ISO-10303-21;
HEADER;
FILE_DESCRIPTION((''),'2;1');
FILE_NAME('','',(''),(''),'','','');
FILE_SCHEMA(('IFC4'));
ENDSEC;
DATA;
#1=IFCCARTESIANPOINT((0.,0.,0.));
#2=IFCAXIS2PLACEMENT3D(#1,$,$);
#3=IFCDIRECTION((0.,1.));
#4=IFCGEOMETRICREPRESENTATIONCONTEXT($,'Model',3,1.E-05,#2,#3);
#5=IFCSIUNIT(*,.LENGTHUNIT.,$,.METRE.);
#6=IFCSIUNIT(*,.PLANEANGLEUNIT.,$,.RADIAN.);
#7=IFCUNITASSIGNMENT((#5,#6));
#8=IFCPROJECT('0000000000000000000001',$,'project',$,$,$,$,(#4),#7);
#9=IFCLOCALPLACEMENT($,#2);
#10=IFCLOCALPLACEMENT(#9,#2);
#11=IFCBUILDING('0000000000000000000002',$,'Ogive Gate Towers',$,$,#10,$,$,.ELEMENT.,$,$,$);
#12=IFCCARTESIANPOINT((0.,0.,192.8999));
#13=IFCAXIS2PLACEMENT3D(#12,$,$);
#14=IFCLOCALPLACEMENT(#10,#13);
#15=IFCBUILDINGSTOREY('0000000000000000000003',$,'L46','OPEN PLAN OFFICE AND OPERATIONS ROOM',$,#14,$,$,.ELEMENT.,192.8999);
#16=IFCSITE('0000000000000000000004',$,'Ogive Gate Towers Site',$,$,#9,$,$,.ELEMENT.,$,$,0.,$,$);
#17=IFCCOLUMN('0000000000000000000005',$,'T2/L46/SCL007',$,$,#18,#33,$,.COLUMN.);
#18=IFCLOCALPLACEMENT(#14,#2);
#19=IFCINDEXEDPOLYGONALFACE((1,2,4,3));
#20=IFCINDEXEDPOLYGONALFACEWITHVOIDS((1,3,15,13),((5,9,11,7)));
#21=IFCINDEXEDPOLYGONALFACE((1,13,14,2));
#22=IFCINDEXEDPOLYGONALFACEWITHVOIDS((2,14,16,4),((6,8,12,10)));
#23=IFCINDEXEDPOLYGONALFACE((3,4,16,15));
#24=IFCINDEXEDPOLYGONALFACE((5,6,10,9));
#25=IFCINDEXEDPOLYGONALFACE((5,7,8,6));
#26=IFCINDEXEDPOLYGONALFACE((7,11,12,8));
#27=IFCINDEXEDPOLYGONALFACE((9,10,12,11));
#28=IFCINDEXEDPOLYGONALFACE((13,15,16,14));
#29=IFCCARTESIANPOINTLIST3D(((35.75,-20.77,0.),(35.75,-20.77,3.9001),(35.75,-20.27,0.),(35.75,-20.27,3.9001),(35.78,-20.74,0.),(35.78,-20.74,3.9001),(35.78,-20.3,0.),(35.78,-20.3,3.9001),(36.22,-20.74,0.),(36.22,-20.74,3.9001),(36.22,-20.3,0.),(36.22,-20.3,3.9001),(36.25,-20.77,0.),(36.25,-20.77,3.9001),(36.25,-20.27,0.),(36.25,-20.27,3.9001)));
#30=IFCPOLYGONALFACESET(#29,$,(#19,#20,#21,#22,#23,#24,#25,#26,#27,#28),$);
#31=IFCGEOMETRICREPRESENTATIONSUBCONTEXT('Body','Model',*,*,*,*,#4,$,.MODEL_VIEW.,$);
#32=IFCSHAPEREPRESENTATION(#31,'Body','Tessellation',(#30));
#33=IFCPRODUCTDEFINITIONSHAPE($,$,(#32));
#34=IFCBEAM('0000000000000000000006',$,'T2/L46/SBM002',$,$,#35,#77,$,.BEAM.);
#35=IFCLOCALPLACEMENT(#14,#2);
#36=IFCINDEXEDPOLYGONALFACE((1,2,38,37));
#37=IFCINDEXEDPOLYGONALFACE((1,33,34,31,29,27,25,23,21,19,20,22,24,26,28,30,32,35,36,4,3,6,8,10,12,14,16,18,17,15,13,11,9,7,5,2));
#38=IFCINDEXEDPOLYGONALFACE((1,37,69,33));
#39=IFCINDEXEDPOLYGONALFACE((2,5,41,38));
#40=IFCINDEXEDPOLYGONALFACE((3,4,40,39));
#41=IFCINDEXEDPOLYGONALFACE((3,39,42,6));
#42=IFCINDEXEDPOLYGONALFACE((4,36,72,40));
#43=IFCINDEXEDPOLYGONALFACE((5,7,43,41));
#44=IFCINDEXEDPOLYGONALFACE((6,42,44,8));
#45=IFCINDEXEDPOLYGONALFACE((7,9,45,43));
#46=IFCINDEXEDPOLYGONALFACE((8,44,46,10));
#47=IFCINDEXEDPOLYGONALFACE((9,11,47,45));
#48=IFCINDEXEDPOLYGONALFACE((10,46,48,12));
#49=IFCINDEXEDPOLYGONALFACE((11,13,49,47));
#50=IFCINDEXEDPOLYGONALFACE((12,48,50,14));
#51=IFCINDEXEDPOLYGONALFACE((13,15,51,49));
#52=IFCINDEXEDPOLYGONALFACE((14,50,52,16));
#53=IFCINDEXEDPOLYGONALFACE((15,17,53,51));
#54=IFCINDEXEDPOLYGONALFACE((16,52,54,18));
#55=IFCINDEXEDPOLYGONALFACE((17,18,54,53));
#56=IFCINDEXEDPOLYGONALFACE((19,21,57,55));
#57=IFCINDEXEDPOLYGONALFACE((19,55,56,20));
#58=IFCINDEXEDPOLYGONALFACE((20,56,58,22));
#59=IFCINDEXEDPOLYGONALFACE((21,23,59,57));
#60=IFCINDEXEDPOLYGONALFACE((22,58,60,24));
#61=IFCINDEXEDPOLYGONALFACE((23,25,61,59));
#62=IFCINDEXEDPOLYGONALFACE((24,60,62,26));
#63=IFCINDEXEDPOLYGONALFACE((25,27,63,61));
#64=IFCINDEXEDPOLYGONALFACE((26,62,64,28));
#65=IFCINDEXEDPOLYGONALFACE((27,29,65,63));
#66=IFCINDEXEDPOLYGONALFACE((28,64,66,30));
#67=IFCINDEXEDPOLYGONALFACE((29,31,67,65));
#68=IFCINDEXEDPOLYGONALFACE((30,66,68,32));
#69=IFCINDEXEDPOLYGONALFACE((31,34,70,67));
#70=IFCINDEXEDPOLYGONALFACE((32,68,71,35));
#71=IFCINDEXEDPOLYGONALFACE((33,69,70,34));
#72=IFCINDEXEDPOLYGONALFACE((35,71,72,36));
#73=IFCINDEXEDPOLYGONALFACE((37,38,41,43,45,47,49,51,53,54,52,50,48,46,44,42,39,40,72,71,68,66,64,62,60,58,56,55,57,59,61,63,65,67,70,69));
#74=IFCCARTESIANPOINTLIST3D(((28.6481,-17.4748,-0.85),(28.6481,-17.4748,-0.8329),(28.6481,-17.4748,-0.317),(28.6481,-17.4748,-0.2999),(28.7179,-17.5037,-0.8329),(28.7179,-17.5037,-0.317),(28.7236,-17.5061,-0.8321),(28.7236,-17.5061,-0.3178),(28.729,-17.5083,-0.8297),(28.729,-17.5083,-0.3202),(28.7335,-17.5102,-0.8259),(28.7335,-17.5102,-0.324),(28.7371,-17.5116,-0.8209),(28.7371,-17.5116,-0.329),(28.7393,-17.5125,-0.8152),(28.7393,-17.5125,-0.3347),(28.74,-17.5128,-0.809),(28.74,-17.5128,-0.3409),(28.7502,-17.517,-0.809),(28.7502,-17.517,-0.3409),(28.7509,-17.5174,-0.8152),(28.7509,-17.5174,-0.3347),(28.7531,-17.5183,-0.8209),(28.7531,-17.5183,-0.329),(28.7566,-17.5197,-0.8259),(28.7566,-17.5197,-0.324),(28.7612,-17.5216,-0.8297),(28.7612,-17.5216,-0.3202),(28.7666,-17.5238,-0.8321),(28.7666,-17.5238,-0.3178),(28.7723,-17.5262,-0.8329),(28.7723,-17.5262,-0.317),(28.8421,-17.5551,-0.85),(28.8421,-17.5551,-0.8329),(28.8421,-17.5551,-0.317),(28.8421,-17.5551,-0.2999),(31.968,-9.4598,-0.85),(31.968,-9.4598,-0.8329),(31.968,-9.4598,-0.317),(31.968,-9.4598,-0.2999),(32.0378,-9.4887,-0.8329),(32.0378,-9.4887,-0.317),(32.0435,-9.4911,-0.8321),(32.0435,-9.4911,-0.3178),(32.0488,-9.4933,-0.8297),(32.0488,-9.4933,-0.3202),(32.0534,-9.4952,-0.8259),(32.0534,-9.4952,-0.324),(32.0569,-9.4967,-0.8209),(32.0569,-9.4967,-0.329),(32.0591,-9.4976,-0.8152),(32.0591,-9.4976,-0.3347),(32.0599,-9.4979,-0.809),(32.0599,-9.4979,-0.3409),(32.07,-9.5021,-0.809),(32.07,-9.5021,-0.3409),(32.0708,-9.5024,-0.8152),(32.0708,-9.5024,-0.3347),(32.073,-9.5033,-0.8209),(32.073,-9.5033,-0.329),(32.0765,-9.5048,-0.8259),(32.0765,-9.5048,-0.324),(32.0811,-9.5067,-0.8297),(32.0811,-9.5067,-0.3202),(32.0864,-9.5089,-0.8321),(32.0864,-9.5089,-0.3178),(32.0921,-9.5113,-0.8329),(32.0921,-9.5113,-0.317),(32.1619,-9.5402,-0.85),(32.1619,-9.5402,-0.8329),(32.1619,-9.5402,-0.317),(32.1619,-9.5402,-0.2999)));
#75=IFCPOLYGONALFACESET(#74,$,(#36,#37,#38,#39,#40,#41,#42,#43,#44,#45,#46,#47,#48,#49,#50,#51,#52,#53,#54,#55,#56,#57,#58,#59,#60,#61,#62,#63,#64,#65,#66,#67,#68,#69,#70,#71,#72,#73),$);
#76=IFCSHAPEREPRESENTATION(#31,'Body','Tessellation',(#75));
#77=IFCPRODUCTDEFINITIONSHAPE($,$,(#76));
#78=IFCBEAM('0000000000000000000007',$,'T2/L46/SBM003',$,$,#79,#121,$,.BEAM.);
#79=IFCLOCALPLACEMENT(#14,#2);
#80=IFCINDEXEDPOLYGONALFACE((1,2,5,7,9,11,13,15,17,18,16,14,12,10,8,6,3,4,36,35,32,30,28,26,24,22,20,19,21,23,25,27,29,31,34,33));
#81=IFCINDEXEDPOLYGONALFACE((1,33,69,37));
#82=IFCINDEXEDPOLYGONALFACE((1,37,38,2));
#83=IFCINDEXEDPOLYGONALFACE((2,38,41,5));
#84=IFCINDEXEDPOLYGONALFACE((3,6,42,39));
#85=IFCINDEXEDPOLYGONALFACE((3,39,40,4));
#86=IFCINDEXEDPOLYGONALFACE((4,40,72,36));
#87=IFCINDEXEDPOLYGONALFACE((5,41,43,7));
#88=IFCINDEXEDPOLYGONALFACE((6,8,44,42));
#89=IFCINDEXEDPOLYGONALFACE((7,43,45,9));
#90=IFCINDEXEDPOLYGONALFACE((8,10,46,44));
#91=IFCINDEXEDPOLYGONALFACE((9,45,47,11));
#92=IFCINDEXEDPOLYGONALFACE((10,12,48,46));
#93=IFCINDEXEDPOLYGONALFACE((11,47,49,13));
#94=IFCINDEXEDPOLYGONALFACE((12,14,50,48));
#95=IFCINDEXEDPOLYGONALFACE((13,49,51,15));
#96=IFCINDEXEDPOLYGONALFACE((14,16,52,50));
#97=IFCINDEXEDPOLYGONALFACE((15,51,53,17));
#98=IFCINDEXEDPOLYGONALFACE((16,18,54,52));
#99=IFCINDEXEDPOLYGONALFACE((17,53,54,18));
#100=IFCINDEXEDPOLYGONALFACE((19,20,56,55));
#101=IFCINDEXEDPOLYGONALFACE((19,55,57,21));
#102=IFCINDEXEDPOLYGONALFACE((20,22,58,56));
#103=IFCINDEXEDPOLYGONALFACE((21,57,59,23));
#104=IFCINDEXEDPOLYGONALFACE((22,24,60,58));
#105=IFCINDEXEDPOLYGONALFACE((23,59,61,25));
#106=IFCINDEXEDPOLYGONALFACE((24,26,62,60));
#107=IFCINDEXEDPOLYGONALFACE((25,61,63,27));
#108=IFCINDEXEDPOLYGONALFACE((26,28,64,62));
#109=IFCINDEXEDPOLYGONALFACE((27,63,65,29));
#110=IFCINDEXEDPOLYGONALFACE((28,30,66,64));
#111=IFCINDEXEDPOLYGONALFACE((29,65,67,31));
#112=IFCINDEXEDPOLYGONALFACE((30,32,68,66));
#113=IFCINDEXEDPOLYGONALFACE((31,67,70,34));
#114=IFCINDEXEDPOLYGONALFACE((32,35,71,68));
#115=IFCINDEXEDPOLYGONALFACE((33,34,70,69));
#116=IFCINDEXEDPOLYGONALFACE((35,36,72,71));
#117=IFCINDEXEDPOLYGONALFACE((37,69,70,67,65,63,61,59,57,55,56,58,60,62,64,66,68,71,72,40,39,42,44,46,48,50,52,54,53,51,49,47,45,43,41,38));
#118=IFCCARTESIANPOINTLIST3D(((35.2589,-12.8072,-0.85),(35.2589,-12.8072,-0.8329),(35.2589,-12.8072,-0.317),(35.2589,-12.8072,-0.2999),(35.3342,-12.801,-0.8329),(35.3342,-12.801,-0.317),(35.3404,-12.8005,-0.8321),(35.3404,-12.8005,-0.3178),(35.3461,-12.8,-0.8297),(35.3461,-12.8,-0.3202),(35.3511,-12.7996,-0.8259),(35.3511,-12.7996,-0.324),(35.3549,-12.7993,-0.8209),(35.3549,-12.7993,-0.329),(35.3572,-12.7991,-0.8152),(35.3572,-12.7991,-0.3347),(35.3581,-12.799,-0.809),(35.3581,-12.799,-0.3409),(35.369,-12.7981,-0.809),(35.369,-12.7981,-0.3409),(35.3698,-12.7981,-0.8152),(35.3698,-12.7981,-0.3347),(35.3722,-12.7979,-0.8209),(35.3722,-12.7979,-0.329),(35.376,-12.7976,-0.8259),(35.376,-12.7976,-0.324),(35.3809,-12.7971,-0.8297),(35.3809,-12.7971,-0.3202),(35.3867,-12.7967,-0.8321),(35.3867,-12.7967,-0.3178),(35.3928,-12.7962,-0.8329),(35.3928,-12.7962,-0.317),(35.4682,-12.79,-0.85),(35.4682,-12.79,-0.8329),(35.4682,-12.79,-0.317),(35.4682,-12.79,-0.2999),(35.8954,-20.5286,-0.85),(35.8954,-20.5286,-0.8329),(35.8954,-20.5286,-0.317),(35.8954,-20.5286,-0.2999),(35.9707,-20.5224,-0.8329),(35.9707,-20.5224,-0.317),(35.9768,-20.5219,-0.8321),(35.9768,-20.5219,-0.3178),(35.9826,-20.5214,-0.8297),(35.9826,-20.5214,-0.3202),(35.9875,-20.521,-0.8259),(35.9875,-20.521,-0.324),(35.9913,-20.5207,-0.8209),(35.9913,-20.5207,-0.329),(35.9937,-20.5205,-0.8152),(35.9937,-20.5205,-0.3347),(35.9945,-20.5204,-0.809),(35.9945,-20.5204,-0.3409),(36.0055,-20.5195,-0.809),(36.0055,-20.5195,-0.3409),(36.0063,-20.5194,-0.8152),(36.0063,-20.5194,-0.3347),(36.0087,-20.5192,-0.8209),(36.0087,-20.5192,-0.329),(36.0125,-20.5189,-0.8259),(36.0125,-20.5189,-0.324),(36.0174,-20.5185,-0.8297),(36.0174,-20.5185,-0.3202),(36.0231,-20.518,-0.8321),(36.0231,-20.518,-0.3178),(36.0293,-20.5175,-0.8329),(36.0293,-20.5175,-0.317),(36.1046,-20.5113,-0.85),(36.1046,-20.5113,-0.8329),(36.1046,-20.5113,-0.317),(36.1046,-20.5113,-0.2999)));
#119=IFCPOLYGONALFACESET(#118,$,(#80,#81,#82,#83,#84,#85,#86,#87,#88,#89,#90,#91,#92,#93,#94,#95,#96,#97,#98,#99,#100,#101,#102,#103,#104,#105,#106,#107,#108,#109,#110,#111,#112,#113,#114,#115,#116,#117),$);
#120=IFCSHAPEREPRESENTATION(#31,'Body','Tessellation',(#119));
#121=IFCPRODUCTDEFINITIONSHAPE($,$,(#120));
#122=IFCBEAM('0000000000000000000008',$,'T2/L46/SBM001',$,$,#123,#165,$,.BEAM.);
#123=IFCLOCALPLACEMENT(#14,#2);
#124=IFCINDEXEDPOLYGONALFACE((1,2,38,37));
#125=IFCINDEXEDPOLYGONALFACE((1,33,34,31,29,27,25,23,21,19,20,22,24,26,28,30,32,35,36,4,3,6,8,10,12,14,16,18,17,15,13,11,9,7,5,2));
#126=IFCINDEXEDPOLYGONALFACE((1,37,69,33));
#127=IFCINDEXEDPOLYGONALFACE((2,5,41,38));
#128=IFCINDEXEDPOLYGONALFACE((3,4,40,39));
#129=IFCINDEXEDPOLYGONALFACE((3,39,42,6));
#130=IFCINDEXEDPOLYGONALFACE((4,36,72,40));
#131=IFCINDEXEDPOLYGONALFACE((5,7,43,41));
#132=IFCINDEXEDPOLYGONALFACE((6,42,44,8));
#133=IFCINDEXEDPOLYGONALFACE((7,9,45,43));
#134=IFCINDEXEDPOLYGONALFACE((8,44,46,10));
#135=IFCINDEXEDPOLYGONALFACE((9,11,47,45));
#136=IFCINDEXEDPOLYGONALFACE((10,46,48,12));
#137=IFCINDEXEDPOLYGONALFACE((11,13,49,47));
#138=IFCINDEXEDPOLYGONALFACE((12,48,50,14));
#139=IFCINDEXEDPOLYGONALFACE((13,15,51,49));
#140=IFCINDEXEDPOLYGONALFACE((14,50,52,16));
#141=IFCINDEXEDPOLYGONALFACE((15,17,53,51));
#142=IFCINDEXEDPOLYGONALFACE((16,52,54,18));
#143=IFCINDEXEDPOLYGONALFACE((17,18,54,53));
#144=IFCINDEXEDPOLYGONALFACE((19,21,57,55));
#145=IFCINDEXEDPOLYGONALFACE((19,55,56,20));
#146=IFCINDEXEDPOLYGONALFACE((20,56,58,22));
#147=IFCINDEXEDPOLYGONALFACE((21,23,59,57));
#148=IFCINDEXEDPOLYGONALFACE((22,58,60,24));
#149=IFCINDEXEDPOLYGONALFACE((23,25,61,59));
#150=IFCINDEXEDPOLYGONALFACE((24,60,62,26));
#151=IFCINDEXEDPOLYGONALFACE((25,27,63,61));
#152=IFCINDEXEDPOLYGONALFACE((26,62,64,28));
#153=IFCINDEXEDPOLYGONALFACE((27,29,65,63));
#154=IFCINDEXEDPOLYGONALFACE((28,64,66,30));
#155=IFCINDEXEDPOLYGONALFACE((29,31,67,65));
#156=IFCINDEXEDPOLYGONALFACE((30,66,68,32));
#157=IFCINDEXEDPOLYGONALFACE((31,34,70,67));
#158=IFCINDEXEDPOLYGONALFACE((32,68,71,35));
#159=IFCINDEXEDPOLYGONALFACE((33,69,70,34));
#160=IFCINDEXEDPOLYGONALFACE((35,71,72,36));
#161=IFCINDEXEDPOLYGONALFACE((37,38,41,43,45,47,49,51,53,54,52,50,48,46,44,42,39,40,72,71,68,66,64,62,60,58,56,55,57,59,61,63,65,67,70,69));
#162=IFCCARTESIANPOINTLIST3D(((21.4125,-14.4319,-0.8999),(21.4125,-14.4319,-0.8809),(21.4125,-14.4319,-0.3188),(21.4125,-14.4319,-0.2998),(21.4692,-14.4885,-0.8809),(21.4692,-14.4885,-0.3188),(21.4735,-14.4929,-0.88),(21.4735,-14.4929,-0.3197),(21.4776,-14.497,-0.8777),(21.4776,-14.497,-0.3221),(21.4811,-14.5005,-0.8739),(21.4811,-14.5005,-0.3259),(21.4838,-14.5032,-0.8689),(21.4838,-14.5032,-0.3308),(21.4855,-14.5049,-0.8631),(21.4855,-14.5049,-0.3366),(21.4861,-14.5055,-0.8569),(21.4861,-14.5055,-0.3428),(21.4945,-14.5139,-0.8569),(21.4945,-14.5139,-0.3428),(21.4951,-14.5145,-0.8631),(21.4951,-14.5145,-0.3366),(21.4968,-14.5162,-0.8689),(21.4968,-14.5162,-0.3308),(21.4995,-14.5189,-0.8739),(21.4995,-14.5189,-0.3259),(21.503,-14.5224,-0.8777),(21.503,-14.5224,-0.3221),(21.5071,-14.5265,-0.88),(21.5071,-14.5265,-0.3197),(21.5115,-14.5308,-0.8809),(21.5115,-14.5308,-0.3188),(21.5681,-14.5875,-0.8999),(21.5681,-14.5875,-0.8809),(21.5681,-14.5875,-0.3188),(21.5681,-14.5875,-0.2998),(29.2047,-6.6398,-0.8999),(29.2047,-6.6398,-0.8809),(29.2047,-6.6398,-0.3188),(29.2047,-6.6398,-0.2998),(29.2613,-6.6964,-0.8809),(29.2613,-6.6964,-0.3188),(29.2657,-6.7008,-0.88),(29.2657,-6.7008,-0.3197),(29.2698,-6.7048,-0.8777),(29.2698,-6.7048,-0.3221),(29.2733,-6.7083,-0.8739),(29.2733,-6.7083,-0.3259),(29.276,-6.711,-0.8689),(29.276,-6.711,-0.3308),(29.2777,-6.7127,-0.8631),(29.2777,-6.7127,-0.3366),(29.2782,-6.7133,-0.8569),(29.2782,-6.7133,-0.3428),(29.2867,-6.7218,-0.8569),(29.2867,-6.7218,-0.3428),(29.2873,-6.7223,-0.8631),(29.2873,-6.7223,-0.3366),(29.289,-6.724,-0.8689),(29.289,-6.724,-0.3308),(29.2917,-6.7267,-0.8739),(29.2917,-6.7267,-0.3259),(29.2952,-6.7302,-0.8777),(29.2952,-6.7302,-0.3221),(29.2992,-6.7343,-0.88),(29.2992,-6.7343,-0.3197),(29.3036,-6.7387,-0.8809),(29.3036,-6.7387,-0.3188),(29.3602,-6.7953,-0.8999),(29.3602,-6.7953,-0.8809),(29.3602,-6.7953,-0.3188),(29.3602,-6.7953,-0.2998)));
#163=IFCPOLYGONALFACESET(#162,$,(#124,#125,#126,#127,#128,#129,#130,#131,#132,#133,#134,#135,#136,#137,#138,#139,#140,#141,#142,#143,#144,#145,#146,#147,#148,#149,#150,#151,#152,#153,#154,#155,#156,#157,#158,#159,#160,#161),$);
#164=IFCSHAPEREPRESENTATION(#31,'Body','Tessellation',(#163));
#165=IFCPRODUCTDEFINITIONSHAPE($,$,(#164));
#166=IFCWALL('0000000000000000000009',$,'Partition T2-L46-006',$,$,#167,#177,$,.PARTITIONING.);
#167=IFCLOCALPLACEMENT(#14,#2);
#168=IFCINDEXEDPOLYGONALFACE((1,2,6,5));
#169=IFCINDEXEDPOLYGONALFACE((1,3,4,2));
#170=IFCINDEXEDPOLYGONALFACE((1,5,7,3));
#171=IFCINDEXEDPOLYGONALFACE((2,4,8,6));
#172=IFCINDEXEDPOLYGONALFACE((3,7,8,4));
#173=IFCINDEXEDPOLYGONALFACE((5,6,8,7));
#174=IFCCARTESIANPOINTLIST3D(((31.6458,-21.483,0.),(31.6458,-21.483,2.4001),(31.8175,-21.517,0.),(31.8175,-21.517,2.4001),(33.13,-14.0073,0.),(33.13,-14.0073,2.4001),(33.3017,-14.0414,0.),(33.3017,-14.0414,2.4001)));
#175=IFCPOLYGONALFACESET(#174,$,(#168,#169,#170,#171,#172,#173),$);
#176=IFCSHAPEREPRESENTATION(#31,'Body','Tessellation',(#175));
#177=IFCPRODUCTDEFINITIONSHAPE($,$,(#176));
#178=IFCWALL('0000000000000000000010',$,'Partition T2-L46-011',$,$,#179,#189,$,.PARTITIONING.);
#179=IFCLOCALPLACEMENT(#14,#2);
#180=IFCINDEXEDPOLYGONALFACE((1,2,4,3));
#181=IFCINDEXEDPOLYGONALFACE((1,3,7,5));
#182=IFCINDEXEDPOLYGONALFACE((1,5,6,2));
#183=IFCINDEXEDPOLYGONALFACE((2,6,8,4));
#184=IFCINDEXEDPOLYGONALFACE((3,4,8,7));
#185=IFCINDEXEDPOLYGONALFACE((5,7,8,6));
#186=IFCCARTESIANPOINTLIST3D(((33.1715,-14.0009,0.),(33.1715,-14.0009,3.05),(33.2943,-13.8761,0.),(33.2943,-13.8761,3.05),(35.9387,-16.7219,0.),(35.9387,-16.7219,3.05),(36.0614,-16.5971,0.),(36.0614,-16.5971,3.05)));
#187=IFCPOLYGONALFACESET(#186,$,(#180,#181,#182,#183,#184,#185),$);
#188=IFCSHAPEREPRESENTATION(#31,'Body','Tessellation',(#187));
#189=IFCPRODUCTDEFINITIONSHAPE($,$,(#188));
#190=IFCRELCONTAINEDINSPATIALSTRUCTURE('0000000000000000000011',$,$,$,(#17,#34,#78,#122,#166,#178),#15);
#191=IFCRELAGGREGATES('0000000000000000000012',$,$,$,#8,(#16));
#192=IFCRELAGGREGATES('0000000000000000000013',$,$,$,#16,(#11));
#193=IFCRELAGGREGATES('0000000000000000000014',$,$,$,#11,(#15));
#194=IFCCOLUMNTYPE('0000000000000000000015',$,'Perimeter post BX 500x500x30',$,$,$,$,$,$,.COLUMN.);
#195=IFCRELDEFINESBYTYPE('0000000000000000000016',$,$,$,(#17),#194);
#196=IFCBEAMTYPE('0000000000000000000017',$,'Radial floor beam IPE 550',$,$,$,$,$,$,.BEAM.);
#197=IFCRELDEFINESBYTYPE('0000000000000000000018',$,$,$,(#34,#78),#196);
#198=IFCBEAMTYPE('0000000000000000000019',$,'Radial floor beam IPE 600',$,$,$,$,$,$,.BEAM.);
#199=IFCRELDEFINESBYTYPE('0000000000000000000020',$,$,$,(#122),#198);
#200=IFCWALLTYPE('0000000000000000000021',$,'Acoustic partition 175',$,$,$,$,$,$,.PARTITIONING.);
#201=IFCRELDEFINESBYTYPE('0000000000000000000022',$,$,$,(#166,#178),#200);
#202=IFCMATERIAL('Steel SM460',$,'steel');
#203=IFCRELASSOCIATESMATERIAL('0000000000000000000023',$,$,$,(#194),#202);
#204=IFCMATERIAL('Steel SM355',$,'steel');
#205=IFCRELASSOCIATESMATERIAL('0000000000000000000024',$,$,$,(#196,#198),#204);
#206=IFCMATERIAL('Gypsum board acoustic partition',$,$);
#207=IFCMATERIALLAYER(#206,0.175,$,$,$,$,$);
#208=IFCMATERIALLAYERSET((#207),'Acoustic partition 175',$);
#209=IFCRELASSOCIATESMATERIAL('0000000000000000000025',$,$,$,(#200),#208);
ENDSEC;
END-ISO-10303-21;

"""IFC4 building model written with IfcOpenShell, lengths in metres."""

from ifc_helpers import new_model, si_unit, direction, frame, frame_2d, origin, origin_2d, place, context, subcontext, project, spatial, rectangle, hollow_rectangle, i_section, extrude, material, layer, layer_set, material_profile, profile_set, type_object, element, save


model = new_model("IFC4")

# Units and contexts
model_context = context("Model", 3, precision=1e-05, world=origin(), true_north=direction((0.0, 1.0)))
body_context = subcontext(model_context, "Body", "Model", "MODEL_VIEW")
ifc_project = project(units=[si_unit("LENGTHUNIT", "METRE"), si_unit("PLANEANGLEUNIT", "RADIAN")], contexts=[model_context])

# Site, building, storey
site_placement = place(None, origin())
site = spatial("IfcSite", under=ifc_project, at=site_placement, Name="Ogive Gate Towers Site", CompositionType="ELEMENT", RefElevation=0.0)
building_placement = place(site_placement, origin())
building = spatial("IfcBuilding", under=site, at=building_placement, Name="Ogive Gate Towers", CompositionType="ELEMENT")
storey_placement = place(building_placement, frame((0.0, 0.0, 192.8999)))
storey = spatial("IfcBuildingStorey", under=building, at=storey_placement, Name="L46", Description="OPEN PLAN OFFICE AND OPERATIONS ROOM", CompositionType="ELEMENT", Elevation=192.8999)

# Column
ifc_material_1 = material(Name="Steel SM460", Category="steel")
ifc_material_profile_1 = material_profile(ifc_material_1, hollow_rectangle(XDim=0.5, YDim=0.5, WallThickness=0.03, at=origin_2d()), Name="BX 500x500x30")
ifc_profile_set_1 = profile_set([ifc_material_profile_1], Name="Steel SM460")
column_type = type_object("IfcColumnType", Name="Perimeter post BX 500x500x30", PredefinedType="COLUMN", material=ifc_profile_set_1)
column_placement = place(storey_placement, frame((36.0, -20.52, 0.0), z_axis=(0.0, 0.0, 1.0), x_axis=(1.0, 0.0, 0.0)))
element("IfcColumn", 1, at=column_placement, inside=storey, type_object=column_type, Name="T2/L46/SCL007", PredefinedType="COLUMN", context=body_context, shape_type="SweptSolid", body=[
    extrude(hollow_rectangle(XDim=0.5, YDim=0.5, WallThickness=0.03, at=origin_2d()), origin(), (0.0, 0.0, 1.0), 3.9001),
])

# Beams
ifc_material_2 = material(Name="Steel SM355", Category="steel")
ifc_material_profile_2 = material_profile(ifc_material_2, i_section(OverallWidth=0.21, OverallDepth=0.55, WebThickness=0.011, FlangeThickness=0.0171, FilletRadius=0.0239, at=origin_2d()), Name="IPE 550")
ifc_profile_set_2 = profile_set([ifc_material_profile_2], Name="Steel SM355")
beam_type_1 = type_object("IfcBeamType", Name="Radial floor beam IPE 550", PredefinedType="BEAM", material=ifc_profile_set_2)
beam_1_placement = place(storey_placement, frame((32.0649, -9.5, -0.575), z_axis=(-0.382678, -0.923882, 0.0), x_axis=(0.923882, -0.382678, 0.0)))
element("IfcBeam", 2, at=beam_1_placement, inside=storey, type_object=beam_type_1, Name="T2/L46/SBM002", PredefinedType="BEAM", context=body_context, shape_type="SweptSolid", body=[
    extrude(i_section(OverallWidth=0.21, OverallDepth=0.55, WebThickness=0.011, FlangeThickness=0.0171, FilletRadius=0.0239, at=origin_2d()), origin(), (0.0, 0.0, 1.0), 8.6753),
])
beam_2_placement = place(storey_placement, frame((35.3635, -12.7986, -0.575), z_axis=(0.082151, -0.99662, 0.0), x_axis=(0.99662, 0.082151, 0.0)))
element("IfcBeam", 3, at=beam_2_placement, inside=storey, type_object=beam_type_1, Name="T2/L46/SBM003", PredefinedType="BEAM", context=body_context, shape_type="SweptSolid", body=[
    extrude(i_section(OverallWidth=0.21, OverallDepth=0.55, WebThickness=0.011, FlangeThickness=0.0171, FilletRadius=0.0239, at=origin_2d()), origin(), (0.0, 0.0, 1.0), 7.7476),
])
ifc_material_profile_3 = material_profile(ifc_material_2, i_section(OverallWidth=0.22, OverallDepth=0.6001, WebThickness=0.012, FlangeThickness=0.019, FilletRadius=0.0239, at=origin_2d()), Name="IPE 600")
ifc_profile_set_3 = profile_set([ifc_material_profile_3], Name="Steel SM355")
beam_type_2 = type_object("IfcBeamType", Name="Radial floor beam IPE 600", PredefinedType="BEAM", material=ifc_profile_set_3)
beam_3_placement = place(storey_placement, frame((29.2825, -6.7175, -0.5999), z_axis=(-0.707107, -0.707107, 0.0), x_axis=(0.707107, -0.707107, 0.0)))
element("IfcBeam", 4, at=beam_3_placement, inside=storey, type_object=beam_type_2, Name="T2/L46/SBM001", PredefinedType="BEAM", context=body_context, shape_type="SweptSolid", body=[
    extrude(i_section(OverallWidth=0.22, OverallDepth=0.6001, WebThickness=0.012, FlangeThickness=0.019, FilletRadius=0.0239, at=origin_2d()), origin(), (0.0, 0.0, 1.0), 11.0198),
])

# Walls
ifc_material_3 = material(Name="Gypsum board acoustic partition")
ifc_layer_1 = layer(ifc_material_3, 0.175)
ifc_layer_set_1 = layer_set([ifc_layer_1], Name="Acoustic partition 175")
wall_type_1 = type_object("IfcWallType", Name="Acoustic partition 175", PredefinedType="PARTITIONING", material=ifc_layer_set_1)
wall_1_placement = place(storey_placement, frame((31.7317, -21.5, 0.0), z_axis=(0.0, 0.0, 1.0), x_axis=(0.19473, 0.980857, 0.0)))
element("IfcWall", 5, at=wall_1_placement, inside=storey, type_object=wall_type_1, Name="Partition T2-L46-006", PredefinedType="PARTITIONING", context=body_context, shape_type="SweptSolid", body=[
    extrude(rectangle(XDim=7.6216, YDim=0.175, at=frame_2d((3.8108, 0.0))), origin(), (0.0, 0.0, 1.0), 2.4001),
])
wall_2_placement = place(storey_placement, frame((33.2329, -13.9385, 0.0), z_axis=(0.0, 0.0, 1.0), x_axis=(0.713027, -0.701137, 0.0)))
element("IfcWall", 6, at=wall_2_placement, inside=storey, type_object=wall_type_1, Name="Partition T2-L46-011", PredefinedType="PARTITIONING", context=body_context, shape_type="SweptSolid", body=[
    extrude(rectangle(XDim=3.8809, YDim=0.175, at=frame_2d((1.9404, 0.0))), origin(), (0.0, 0.0, 1.0), 3.05),
])

save(model, "model.ifc")
